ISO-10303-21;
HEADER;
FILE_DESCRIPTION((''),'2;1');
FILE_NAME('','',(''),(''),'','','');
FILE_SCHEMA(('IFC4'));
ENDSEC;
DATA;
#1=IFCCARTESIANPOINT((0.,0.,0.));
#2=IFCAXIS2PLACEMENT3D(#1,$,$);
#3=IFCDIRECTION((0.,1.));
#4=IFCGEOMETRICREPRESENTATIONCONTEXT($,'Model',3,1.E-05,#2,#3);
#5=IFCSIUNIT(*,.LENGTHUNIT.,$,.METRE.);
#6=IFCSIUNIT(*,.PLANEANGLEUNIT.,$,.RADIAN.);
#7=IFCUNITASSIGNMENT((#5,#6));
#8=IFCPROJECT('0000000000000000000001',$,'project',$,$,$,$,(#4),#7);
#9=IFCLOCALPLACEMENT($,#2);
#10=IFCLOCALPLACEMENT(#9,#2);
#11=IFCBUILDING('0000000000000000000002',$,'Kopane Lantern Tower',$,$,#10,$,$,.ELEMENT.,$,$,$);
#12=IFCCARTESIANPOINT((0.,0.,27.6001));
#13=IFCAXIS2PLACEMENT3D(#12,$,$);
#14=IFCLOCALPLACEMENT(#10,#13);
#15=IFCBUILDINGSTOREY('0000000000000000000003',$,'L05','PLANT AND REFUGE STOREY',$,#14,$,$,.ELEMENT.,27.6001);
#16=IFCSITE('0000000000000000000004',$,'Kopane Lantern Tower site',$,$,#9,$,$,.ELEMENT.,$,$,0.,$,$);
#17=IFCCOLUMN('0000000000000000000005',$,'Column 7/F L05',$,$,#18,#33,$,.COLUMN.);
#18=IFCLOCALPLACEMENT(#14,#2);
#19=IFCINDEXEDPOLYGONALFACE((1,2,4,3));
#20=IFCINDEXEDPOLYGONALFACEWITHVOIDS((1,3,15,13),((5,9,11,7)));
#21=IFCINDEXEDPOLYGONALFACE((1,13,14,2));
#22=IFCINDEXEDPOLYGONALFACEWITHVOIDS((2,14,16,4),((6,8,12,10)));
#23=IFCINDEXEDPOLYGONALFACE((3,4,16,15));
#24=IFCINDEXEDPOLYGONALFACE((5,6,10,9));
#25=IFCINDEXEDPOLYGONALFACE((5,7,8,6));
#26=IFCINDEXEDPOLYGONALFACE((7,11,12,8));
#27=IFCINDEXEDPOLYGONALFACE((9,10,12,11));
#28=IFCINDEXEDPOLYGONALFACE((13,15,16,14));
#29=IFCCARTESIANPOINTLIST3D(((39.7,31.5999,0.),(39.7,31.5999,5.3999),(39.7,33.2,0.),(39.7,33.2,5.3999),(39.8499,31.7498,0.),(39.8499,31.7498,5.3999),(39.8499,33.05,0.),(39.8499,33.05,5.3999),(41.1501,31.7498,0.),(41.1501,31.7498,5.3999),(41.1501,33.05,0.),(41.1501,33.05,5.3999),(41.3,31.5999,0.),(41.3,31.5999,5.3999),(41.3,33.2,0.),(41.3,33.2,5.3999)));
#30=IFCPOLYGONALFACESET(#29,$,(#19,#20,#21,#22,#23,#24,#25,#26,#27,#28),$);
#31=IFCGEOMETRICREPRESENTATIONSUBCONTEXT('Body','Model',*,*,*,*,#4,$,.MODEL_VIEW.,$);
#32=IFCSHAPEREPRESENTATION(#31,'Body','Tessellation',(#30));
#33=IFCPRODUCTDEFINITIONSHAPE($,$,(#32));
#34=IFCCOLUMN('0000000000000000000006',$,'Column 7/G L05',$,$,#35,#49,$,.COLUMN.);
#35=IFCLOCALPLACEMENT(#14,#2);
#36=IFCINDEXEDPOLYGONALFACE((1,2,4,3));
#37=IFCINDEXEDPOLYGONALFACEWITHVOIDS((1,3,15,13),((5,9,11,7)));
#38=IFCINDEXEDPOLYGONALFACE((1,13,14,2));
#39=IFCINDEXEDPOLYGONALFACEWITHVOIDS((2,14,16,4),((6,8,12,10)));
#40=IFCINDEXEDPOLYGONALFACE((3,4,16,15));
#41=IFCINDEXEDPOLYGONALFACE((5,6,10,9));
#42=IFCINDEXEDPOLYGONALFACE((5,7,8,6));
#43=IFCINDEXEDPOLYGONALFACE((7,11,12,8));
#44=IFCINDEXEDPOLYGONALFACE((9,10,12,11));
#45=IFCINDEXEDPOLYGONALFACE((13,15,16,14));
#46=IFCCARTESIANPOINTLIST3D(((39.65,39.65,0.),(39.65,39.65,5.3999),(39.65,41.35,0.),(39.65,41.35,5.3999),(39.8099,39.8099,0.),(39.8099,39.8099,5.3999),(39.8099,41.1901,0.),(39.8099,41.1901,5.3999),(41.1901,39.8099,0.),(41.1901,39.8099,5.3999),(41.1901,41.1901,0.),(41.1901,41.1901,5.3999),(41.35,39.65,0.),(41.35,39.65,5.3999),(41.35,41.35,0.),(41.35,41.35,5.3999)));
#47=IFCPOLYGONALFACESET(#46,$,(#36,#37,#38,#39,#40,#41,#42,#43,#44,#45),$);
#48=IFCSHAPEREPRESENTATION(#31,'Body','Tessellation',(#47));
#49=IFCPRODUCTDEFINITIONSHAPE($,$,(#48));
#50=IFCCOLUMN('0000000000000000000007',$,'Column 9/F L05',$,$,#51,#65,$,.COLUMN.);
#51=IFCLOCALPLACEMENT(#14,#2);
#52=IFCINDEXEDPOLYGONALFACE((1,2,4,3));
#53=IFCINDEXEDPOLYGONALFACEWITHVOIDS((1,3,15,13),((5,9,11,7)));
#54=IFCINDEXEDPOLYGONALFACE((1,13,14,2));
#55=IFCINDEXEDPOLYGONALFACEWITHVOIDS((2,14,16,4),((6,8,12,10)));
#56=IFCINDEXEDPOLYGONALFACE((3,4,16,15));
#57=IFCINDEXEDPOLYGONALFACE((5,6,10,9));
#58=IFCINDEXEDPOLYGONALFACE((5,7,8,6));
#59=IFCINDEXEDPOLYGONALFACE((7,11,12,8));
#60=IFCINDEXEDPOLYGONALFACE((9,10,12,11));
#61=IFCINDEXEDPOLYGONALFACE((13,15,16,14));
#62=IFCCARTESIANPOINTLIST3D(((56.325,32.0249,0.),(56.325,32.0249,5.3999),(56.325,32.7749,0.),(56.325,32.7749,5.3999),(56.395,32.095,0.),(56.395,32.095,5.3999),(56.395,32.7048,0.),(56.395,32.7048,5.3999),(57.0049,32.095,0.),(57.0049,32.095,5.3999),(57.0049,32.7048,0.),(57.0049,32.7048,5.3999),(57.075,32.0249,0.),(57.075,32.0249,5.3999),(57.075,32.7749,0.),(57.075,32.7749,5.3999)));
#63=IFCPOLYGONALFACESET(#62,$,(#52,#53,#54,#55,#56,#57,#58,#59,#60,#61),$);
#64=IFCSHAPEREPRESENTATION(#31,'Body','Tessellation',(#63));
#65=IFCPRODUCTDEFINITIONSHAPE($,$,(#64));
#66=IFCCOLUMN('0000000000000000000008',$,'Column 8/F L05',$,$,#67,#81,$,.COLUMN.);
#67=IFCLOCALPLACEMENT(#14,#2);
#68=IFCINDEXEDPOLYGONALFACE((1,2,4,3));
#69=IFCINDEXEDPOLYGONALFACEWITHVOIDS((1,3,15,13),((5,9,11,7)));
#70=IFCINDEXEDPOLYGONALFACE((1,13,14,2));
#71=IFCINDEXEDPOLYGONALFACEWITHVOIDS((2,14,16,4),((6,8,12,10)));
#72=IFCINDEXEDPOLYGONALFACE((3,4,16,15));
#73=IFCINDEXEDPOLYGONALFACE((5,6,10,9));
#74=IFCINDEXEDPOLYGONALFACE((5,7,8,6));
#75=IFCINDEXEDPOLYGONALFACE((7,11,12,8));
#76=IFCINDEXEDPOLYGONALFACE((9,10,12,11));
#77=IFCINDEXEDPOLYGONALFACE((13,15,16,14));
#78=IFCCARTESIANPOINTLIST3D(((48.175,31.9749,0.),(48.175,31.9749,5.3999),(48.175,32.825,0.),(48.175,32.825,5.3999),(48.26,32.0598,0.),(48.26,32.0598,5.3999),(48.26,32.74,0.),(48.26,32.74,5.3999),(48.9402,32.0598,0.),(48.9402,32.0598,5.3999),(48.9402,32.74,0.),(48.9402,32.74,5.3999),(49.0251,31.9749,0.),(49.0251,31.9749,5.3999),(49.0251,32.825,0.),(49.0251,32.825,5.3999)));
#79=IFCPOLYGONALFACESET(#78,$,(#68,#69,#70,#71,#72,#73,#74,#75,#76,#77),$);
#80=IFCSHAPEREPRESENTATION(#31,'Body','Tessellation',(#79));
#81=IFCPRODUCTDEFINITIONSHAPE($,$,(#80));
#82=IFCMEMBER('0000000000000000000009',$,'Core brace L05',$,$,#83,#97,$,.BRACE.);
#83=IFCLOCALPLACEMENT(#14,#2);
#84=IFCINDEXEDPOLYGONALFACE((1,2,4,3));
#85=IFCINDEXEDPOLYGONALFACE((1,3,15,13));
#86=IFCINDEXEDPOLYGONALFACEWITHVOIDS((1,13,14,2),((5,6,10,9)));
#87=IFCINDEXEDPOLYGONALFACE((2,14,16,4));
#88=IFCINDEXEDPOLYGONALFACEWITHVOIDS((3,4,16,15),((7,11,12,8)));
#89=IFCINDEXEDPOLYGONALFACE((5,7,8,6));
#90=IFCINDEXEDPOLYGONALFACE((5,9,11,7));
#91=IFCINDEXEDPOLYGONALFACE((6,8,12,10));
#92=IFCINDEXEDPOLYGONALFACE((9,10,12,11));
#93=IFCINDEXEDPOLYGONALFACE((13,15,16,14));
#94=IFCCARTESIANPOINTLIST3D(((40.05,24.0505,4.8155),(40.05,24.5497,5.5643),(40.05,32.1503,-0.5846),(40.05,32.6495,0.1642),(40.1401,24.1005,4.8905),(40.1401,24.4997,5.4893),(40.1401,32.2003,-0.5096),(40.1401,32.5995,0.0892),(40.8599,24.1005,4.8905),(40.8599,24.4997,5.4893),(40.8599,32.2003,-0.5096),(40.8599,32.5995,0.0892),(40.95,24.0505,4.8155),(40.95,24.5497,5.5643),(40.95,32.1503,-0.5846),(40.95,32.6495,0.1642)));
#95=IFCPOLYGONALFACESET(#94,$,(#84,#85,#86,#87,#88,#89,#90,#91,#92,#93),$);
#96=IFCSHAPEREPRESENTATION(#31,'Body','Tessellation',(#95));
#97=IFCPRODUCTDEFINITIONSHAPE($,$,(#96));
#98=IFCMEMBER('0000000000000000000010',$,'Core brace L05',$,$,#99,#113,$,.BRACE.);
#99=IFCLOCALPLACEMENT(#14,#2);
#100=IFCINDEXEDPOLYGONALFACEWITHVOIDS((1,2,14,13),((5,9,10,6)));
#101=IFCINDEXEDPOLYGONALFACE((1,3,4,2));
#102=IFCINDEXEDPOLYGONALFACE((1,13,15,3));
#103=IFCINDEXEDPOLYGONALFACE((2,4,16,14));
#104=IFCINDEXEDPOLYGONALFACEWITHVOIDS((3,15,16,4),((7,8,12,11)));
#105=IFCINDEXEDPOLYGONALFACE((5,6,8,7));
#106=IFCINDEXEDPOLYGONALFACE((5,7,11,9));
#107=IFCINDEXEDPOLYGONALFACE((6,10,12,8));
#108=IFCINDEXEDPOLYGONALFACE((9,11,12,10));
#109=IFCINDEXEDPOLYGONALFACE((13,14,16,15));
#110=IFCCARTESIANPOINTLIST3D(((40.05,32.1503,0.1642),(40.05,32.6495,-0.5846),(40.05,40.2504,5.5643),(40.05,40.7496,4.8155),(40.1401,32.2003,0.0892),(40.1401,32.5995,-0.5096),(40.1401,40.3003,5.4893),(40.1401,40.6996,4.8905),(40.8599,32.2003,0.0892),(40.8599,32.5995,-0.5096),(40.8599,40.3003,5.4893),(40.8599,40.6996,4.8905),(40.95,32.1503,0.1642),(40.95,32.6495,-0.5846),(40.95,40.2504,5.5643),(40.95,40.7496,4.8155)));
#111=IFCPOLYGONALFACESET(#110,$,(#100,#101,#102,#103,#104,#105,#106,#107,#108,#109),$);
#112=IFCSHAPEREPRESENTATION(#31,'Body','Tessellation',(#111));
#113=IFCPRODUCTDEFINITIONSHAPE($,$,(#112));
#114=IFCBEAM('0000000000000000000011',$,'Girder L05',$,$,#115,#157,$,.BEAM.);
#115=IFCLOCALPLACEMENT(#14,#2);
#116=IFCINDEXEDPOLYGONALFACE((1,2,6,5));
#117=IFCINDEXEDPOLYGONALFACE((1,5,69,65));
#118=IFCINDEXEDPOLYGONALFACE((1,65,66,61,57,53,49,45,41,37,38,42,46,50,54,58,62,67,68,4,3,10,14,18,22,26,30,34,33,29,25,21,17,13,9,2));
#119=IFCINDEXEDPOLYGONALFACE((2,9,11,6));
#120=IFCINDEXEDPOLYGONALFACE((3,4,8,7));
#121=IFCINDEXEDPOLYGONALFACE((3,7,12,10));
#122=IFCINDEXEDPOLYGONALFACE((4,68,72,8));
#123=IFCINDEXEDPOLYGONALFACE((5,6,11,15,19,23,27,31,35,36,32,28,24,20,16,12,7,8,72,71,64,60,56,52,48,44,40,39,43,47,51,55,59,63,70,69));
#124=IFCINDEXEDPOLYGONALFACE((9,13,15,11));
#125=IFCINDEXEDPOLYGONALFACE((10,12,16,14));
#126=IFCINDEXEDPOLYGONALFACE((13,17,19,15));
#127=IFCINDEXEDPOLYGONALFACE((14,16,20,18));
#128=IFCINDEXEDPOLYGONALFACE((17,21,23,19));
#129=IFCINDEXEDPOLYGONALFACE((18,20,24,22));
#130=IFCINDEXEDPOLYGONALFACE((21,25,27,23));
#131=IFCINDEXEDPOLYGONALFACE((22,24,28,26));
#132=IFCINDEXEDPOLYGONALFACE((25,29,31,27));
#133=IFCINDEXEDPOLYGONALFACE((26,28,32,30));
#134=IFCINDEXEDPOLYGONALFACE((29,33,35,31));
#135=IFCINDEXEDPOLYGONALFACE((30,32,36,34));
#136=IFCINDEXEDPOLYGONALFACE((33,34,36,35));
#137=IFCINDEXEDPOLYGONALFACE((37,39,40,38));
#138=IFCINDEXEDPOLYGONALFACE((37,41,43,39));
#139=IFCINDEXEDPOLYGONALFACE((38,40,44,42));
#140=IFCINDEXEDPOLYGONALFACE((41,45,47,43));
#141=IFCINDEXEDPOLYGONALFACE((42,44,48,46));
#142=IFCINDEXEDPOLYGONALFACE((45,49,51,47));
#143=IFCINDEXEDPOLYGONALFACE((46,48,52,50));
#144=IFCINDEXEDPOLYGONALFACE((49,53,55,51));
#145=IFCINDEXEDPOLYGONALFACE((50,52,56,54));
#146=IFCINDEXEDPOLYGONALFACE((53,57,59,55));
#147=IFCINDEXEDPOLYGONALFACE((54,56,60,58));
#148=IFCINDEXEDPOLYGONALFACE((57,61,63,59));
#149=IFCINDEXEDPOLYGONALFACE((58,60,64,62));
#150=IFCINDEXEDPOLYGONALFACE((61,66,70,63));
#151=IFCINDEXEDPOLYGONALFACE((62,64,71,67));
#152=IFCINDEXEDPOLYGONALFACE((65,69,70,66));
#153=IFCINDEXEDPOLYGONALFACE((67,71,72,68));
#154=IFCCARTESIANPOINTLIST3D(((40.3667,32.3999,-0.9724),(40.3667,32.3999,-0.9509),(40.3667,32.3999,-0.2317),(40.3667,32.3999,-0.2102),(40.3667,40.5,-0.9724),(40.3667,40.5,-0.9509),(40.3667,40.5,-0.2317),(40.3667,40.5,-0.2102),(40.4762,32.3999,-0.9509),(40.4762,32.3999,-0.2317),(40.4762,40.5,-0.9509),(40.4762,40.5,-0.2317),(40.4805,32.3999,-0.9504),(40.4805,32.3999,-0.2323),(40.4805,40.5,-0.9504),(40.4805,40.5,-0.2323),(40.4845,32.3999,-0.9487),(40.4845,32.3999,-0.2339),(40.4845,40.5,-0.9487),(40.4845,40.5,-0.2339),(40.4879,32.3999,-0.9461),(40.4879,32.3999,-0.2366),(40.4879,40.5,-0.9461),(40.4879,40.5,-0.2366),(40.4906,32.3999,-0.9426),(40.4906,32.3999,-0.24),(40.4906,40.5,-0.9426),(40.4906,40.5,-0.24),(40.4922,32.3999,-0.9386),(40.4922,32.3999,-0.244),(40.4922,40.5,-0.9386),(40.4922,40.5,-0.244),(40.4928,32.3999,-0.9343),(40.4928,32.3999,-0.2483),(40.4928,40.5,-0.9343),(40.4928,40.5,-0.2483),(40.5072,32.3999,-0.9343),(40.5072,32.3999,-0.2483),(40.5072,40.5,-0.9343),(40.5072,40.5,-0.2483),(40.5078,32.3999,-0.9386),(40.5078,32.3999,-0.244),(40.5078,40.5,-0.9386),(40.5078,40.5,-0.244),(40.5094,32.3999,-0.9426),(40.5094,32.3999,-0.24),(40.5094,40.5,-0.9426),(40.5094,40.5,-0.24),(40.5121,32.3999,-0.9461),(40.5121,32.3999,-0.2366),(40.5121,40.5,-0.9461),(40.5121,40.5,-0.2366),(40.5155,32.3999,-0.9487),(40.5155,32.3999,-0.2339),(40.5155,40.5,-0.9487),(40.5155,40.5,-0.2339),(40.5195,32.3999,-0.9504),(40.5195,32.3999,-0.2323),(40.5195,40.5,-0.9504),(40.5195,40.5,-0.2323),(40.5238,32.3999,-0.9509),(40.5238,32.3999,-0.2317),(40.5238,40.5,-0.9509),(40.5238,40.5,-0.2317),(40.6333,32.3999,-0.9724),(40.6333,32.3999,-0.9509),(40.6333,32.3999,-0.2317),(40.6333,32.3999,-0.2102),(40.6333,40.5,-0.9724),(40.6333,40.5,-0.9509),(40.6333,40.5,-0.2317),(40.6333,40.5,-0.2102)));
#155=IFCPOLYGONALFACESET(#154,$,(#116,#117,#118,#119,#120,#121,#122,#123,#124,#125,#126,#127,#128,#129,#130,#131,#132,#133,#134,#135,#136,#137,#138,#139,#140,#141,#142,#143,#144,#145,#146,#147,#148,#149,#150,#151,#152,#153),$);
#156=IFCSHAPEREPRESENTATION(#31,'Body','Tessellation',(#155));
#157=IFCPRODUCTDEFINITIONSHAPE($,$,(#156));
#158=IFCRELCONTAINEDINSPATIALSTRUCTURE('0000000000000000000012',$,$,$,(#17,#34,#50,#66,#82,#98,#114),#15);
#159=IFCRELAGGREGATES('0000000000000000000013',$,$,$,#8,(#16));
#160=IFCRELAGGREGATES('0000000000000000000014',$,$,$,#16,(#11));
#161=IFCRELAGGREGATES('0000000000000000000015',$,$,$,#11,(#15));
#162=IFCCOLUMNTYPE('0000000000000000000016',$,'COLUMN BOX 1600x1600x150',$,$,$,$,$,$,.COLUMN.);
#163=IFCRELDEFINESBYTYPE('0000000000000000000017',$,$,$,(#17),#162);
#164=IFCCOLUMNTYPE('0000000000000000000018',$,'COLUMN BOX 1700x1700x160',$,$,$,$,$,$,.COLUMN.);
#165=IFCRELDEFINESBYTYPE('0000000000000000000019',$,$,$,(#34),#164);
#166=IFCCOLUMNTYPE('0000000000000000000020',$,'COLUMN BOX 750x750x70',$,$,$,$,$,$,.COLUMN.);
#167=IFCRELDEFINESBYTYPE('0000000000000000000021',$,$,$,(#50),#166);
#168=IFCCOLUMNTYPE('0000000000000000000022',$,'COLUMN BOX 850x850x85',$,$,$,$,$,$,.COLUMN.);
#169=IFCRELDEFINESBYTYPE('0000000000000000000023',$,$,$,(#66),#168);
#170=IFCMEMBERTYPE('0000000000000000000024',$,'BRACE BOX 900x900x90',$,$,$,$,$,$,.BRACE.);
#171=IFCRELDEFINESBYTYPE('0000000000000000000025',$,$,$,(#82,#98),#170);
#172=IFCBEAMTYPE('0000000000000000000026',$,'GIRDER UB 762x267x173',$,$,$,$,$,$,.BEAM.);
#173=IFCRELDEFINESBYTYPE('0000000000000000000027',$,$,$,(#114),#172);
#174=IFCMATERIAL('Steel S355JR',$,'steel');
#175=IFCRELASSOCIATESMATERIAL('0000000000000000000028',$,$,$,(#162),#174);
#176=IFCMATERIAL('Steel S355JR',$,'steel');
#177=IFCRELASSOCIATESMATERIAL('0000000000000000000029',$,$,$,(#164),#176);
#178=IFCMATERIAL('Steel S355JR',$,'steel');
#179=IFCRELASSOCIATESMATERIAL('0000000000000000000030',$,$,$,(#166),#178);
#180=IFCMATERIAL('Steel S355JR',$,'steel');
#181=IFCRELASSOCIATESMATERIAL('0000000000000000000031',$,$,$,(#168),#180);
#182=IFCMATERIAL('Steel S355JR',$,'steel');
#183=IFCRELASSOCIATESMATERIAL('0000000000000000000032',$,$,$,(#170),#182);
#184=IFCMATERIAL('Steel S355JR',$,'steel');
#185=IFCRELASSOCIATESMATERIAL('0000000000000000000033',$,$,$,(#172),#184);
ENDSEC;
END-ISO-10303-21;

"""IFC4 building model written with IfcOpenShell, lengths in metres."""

from ifc_helpers import new_model, si_unit, direction, frame, origin, origin_2d, place, context, subcontext, project, spatial, hollow_rectangle, i_section, extrude, material, material_profile, profile_set, type_object, element, save


model = new_model("IFC4")

# Units and contexts
model_context = context("Model", 3, precision=1e-05, world=origin(), true_north=direction((0.0, 1.0)))
body_context = subcontext(model_context, "Body", "Model", "MODEL_VIEW")
ifc_project = project(units=[si_unit("LENGTHUNIT", "METRE"), si_unit("PLANEANGLEUNIT", "RADIAN")], contexts=[model_context])

# Site, building, storey
site_placement = place(None, origin())
site = spatial("IfcSite", under=ifc_project, at=site_placement, Name="Kopane Lantern Tower site", CompositionType="ELEMENT", RefElevation=0.0)
building_placement = place(site_placement, origin())
building = spatial("IfcBuilding", under=site, at=building_placement, Name="Kopane Lantern Tower", CompositionType="ELEMENT")
storey_placement = place(building_placement, frame((0.0, 0.0, 27.6001)))
storey = spatial("IfcBuildingStorey", under=building, at=storey_placement, Name="L05", Description="PLANT AND REFUGE STOREY", CompositionType="ELEMENT", Elevation=27.6001)

# Columns
ifc_material_1 = material(Name="Steel S355JR", Category="steel")
ifc_material_profile_1 = material_profile(ifc_material_1, hollow_rectangle(XDim=1.6001, YDim=1.6001, WallThickness=0.1499, at=origin_2d()), Name="BOX 1600x1600x150")
ifc_profile_set_1 = profile_set([ifc_material_profile_1], Name="Steel S355JR")
column_type_1 = type_object("IfcColumnType", Name="COLUMN BOX 1600x1600x150", PredefinedType="COLUMN", material=ifc_profile_set_1)
column_1_placement = place(storey_placement, frame((40.5, 32.3999, 0.0), z_axis=(0.0, 0.0, 1.0), x_axis=(1.0, 0.0, 0.0)))
element("IfcColumn", 1, at=column_1_placement, inside=storey, type_object=column_type_1, Name="Column 7/F L05", PredefinedType="COLUMN", context=body_context, shape_type="SweptSolid", body=[
    extrude(hollow_rectangle(XDim=1.6001, YDim=1.6001, WallThickness=0.1499, at=origin_2d()), origin(), (0.0, 0.0, 1.0), 5.3999),
])
ifc_material_2 = material(Name="Steel S355JR", Category="steel")
ifc_material_profile_2 = material_profile(ifc_material_2, hollow_rectangle(XDim=1.7, YDim=1.7, WallThickness=0.1599, at=origin_2d()), Name="BOX 1700x1700x160")
ifc_profile_set_2 = profile_set([ifc_material_profile_2], Name="Steel S355JR")
column_type_2 = type_object("IfcColumnType", Name="COLUMN BOX 1700x1700x160", PredefinedType="COLUMN", material=ifc_profile_set_2)
column_2_placement = place(storey_placement, frame((40.5, 40.5, 0.0), z_axis=(0.0, 0.0, 1.0), x_axis=(1.0, 0.0, 0.0)))
element("IfcColumn", 2, at=column_2_placement, inside=storey, type_object=column_type_2, Name="Column 7/G L05", PredefinedType="COLUMN", context=body_context, shape_type="SweptSolid", body=[
    extrude(hollow_rectangle(XDim=1.7, YDim=1.7, WallThickness=0.1599, at=origin_2d()), origin(), (0.0, 0.0, 1.0), 5.3999),
])
ifc_material_3 = material(Name="Steel S355JR", Category="steel")
ifc_material_profile_3 = material_profile(ifc_material_3, hollow_rectangle(XDim=0.75, YDim=0.75, WallThickness=0.0701, at=origin_2d()), Name="BOX 750x750x70")
ifc_profile_set_3 = profile_set([ifc_material_profile_3], Name="Steel S355JR")
column_type_3 = type_object("IfcColumnType", Name="COLUMN BOX 750x750x70", PredefinedType="COLUMN", material=ifc_profile_set_3)
column_3_placement = place(storey_placement, frame((56.7, 32.3999, 0.0), z_axis=(0.0, 0.0, 1.0), x_axis=(1.0, 0.0, 0.0)))
element("IfcColumn", 3, at=column_3_placement, inside=storey, type_object=column_type_3, Name="Column 9/F L05", PredefinedType="COLUMN", context=body_context, shape_type="SweptSolid", body=[
    extrude(hollow_rectangle(XDim=0.75, YDim=0.75, WallThickness=0.0701, at=origin_2d()), origin(), (0.0, 0.0, 1.0), 5.3999),
])
ifc_material_4 = material(Name="Steel S355JR", Category="steel")
ifc_material_profile_4 = material_profile(ifc_material_4, hollow_rectangle(XDim=0.8501, YDim=0.8501, WallThickness=0.085, at=origin_2d()), Name="BOX 850x850x85")
ifc_profile_set_4 = profile_set([ifc_material_profile_4], Name="Steel S355JR")
column_type_4 = type_object("IfcColumnType", Name="COLUMN BOX 850x850x85", PredefinedType="COLUMN", material=ifc_profile_set_4)
column_4_placement = place(storey_placement, frame((48.6001, 32.3999, 0.0), z_axis=(0.0, 0.0, 1.0), x_axis=(1.0, 0.0, 0.0)))
element("IfcColumn", 4, at=column_4_placement, inside=storey, type_object=column_type_4, Name="Column 8/F L05", PredefinedType="COLUMN", context=body_context, shape_type="SweptSolid", body=[
    extrude(hollow_rectangle(XDim=0.8501, YDim=0.8501, WallThickness=0.085, at=origin_2d()), origin(), (0.0, 0.0, 1.0), 5.3999),
])

# Members
ifc_material_5 = material(Name="Steel S355JR", Category="steel")
ifc_material_profile_5 = material_profile(ifc_material_5, hollow_rectangle(XDim=0.8999, YDim=0.8999, WallThickness=0.0901, at=origin_2d()), Name="BOX 900x900x90")
ifc_profile_set_5 = profile_set([ifc_material_profile_5], Name="Steel S355JR")
member_type = type_object("IfcMemberType", Name="BRACE BOX 900x900x90", PredefinedType="BRACE", material=ifc_profile_set_5)
member_1_placement = place(storey_placement, frame((40.5, 32.3999, -0.2102), z_axis=(0.0, -0.832039, 0.554718), x_axis=(1.0, 0.0, 0.0)))
element("IfcMember", 5, at=member_1_placement, inside=storey, type_object=member_type, Name="Core brace L05", PredefinedType="BRACE", context=body_context, shape_type="SweptSolid", body=[
    extrude(hollow_rectangle(XDim=0.8999, YDim=0.8999, WallThickness=0.0901, at=origin_2d()), origin(), (0.0, 0.0, 1.0), 9.7349),
])
member_2_placement = place(storey_placement, frame((40.5, 32.3999, -0.2102), z_axis=(0.0, 0.832046, 0.554706), x_axis=(-1.0, 0.0, 0.0)))
element("IfcMember", 6, at=member_2_placement, inside=storey, type_object=member_type, Name="Core brace L05", PredefinedType="BRACE", context=body_context, shape_type="SweptSolid", body=[
    extrude(hollow_rectangle(XDim=0.8999, YDim=0.8999, WallThickness=0.0901, at=origin_2d()), origin(), (0.0, 0.0, 1.0), 9.7351),
])

# Beam
ifc_material_6 = material(Name="Steel S355JR", Category="steel")
ifc_material_profile_6 = material_profile(ifc_material_6, i_section(OverallWidth=0.2666, OverallDepth=0.7622, WebThickness=0.0144, FlangeThickness=0.0215, FilletRadius=0.0166, at=origin_2d()), Name="UB 762x267x173")
ifc_profile_set_6 = profile_set([ifc_material_profile_6], Name="Steel S355JR")
beam_type = type_object("IfcBeamType", Name="GIRDER UB 762x267x173", PredefinedType="BEAM", material=ifc_profile_set_6)
for number, where, z_axis, x_axis, name in (
    (7, (40.5, 32.3999, -0.5913), (0.0, 1.0, 0.0), (-1.0, 0.0, 0.0), "Girder L05"),
):
    element("IfcBeam", number, at=place(storey_placement, frame(where, z_axis=z_axis, x_axis=x_axis)), inside=storey, type_object=beam_type, Name=name, PredefinedType="BEAM", context=body_context, shape_type="SweptSolid", body=[
        extrude(i_section(OverallWidth=0.2666, OverallDepth=0.7622, WebThickness=0.0144, FlangeThickness=0.0215, FilletRadius=0.0166, at=origin_2d()), origin(), (0.0, 0.0, 1.0), 8.1001),
    ])

save(model, "model.ifc")
